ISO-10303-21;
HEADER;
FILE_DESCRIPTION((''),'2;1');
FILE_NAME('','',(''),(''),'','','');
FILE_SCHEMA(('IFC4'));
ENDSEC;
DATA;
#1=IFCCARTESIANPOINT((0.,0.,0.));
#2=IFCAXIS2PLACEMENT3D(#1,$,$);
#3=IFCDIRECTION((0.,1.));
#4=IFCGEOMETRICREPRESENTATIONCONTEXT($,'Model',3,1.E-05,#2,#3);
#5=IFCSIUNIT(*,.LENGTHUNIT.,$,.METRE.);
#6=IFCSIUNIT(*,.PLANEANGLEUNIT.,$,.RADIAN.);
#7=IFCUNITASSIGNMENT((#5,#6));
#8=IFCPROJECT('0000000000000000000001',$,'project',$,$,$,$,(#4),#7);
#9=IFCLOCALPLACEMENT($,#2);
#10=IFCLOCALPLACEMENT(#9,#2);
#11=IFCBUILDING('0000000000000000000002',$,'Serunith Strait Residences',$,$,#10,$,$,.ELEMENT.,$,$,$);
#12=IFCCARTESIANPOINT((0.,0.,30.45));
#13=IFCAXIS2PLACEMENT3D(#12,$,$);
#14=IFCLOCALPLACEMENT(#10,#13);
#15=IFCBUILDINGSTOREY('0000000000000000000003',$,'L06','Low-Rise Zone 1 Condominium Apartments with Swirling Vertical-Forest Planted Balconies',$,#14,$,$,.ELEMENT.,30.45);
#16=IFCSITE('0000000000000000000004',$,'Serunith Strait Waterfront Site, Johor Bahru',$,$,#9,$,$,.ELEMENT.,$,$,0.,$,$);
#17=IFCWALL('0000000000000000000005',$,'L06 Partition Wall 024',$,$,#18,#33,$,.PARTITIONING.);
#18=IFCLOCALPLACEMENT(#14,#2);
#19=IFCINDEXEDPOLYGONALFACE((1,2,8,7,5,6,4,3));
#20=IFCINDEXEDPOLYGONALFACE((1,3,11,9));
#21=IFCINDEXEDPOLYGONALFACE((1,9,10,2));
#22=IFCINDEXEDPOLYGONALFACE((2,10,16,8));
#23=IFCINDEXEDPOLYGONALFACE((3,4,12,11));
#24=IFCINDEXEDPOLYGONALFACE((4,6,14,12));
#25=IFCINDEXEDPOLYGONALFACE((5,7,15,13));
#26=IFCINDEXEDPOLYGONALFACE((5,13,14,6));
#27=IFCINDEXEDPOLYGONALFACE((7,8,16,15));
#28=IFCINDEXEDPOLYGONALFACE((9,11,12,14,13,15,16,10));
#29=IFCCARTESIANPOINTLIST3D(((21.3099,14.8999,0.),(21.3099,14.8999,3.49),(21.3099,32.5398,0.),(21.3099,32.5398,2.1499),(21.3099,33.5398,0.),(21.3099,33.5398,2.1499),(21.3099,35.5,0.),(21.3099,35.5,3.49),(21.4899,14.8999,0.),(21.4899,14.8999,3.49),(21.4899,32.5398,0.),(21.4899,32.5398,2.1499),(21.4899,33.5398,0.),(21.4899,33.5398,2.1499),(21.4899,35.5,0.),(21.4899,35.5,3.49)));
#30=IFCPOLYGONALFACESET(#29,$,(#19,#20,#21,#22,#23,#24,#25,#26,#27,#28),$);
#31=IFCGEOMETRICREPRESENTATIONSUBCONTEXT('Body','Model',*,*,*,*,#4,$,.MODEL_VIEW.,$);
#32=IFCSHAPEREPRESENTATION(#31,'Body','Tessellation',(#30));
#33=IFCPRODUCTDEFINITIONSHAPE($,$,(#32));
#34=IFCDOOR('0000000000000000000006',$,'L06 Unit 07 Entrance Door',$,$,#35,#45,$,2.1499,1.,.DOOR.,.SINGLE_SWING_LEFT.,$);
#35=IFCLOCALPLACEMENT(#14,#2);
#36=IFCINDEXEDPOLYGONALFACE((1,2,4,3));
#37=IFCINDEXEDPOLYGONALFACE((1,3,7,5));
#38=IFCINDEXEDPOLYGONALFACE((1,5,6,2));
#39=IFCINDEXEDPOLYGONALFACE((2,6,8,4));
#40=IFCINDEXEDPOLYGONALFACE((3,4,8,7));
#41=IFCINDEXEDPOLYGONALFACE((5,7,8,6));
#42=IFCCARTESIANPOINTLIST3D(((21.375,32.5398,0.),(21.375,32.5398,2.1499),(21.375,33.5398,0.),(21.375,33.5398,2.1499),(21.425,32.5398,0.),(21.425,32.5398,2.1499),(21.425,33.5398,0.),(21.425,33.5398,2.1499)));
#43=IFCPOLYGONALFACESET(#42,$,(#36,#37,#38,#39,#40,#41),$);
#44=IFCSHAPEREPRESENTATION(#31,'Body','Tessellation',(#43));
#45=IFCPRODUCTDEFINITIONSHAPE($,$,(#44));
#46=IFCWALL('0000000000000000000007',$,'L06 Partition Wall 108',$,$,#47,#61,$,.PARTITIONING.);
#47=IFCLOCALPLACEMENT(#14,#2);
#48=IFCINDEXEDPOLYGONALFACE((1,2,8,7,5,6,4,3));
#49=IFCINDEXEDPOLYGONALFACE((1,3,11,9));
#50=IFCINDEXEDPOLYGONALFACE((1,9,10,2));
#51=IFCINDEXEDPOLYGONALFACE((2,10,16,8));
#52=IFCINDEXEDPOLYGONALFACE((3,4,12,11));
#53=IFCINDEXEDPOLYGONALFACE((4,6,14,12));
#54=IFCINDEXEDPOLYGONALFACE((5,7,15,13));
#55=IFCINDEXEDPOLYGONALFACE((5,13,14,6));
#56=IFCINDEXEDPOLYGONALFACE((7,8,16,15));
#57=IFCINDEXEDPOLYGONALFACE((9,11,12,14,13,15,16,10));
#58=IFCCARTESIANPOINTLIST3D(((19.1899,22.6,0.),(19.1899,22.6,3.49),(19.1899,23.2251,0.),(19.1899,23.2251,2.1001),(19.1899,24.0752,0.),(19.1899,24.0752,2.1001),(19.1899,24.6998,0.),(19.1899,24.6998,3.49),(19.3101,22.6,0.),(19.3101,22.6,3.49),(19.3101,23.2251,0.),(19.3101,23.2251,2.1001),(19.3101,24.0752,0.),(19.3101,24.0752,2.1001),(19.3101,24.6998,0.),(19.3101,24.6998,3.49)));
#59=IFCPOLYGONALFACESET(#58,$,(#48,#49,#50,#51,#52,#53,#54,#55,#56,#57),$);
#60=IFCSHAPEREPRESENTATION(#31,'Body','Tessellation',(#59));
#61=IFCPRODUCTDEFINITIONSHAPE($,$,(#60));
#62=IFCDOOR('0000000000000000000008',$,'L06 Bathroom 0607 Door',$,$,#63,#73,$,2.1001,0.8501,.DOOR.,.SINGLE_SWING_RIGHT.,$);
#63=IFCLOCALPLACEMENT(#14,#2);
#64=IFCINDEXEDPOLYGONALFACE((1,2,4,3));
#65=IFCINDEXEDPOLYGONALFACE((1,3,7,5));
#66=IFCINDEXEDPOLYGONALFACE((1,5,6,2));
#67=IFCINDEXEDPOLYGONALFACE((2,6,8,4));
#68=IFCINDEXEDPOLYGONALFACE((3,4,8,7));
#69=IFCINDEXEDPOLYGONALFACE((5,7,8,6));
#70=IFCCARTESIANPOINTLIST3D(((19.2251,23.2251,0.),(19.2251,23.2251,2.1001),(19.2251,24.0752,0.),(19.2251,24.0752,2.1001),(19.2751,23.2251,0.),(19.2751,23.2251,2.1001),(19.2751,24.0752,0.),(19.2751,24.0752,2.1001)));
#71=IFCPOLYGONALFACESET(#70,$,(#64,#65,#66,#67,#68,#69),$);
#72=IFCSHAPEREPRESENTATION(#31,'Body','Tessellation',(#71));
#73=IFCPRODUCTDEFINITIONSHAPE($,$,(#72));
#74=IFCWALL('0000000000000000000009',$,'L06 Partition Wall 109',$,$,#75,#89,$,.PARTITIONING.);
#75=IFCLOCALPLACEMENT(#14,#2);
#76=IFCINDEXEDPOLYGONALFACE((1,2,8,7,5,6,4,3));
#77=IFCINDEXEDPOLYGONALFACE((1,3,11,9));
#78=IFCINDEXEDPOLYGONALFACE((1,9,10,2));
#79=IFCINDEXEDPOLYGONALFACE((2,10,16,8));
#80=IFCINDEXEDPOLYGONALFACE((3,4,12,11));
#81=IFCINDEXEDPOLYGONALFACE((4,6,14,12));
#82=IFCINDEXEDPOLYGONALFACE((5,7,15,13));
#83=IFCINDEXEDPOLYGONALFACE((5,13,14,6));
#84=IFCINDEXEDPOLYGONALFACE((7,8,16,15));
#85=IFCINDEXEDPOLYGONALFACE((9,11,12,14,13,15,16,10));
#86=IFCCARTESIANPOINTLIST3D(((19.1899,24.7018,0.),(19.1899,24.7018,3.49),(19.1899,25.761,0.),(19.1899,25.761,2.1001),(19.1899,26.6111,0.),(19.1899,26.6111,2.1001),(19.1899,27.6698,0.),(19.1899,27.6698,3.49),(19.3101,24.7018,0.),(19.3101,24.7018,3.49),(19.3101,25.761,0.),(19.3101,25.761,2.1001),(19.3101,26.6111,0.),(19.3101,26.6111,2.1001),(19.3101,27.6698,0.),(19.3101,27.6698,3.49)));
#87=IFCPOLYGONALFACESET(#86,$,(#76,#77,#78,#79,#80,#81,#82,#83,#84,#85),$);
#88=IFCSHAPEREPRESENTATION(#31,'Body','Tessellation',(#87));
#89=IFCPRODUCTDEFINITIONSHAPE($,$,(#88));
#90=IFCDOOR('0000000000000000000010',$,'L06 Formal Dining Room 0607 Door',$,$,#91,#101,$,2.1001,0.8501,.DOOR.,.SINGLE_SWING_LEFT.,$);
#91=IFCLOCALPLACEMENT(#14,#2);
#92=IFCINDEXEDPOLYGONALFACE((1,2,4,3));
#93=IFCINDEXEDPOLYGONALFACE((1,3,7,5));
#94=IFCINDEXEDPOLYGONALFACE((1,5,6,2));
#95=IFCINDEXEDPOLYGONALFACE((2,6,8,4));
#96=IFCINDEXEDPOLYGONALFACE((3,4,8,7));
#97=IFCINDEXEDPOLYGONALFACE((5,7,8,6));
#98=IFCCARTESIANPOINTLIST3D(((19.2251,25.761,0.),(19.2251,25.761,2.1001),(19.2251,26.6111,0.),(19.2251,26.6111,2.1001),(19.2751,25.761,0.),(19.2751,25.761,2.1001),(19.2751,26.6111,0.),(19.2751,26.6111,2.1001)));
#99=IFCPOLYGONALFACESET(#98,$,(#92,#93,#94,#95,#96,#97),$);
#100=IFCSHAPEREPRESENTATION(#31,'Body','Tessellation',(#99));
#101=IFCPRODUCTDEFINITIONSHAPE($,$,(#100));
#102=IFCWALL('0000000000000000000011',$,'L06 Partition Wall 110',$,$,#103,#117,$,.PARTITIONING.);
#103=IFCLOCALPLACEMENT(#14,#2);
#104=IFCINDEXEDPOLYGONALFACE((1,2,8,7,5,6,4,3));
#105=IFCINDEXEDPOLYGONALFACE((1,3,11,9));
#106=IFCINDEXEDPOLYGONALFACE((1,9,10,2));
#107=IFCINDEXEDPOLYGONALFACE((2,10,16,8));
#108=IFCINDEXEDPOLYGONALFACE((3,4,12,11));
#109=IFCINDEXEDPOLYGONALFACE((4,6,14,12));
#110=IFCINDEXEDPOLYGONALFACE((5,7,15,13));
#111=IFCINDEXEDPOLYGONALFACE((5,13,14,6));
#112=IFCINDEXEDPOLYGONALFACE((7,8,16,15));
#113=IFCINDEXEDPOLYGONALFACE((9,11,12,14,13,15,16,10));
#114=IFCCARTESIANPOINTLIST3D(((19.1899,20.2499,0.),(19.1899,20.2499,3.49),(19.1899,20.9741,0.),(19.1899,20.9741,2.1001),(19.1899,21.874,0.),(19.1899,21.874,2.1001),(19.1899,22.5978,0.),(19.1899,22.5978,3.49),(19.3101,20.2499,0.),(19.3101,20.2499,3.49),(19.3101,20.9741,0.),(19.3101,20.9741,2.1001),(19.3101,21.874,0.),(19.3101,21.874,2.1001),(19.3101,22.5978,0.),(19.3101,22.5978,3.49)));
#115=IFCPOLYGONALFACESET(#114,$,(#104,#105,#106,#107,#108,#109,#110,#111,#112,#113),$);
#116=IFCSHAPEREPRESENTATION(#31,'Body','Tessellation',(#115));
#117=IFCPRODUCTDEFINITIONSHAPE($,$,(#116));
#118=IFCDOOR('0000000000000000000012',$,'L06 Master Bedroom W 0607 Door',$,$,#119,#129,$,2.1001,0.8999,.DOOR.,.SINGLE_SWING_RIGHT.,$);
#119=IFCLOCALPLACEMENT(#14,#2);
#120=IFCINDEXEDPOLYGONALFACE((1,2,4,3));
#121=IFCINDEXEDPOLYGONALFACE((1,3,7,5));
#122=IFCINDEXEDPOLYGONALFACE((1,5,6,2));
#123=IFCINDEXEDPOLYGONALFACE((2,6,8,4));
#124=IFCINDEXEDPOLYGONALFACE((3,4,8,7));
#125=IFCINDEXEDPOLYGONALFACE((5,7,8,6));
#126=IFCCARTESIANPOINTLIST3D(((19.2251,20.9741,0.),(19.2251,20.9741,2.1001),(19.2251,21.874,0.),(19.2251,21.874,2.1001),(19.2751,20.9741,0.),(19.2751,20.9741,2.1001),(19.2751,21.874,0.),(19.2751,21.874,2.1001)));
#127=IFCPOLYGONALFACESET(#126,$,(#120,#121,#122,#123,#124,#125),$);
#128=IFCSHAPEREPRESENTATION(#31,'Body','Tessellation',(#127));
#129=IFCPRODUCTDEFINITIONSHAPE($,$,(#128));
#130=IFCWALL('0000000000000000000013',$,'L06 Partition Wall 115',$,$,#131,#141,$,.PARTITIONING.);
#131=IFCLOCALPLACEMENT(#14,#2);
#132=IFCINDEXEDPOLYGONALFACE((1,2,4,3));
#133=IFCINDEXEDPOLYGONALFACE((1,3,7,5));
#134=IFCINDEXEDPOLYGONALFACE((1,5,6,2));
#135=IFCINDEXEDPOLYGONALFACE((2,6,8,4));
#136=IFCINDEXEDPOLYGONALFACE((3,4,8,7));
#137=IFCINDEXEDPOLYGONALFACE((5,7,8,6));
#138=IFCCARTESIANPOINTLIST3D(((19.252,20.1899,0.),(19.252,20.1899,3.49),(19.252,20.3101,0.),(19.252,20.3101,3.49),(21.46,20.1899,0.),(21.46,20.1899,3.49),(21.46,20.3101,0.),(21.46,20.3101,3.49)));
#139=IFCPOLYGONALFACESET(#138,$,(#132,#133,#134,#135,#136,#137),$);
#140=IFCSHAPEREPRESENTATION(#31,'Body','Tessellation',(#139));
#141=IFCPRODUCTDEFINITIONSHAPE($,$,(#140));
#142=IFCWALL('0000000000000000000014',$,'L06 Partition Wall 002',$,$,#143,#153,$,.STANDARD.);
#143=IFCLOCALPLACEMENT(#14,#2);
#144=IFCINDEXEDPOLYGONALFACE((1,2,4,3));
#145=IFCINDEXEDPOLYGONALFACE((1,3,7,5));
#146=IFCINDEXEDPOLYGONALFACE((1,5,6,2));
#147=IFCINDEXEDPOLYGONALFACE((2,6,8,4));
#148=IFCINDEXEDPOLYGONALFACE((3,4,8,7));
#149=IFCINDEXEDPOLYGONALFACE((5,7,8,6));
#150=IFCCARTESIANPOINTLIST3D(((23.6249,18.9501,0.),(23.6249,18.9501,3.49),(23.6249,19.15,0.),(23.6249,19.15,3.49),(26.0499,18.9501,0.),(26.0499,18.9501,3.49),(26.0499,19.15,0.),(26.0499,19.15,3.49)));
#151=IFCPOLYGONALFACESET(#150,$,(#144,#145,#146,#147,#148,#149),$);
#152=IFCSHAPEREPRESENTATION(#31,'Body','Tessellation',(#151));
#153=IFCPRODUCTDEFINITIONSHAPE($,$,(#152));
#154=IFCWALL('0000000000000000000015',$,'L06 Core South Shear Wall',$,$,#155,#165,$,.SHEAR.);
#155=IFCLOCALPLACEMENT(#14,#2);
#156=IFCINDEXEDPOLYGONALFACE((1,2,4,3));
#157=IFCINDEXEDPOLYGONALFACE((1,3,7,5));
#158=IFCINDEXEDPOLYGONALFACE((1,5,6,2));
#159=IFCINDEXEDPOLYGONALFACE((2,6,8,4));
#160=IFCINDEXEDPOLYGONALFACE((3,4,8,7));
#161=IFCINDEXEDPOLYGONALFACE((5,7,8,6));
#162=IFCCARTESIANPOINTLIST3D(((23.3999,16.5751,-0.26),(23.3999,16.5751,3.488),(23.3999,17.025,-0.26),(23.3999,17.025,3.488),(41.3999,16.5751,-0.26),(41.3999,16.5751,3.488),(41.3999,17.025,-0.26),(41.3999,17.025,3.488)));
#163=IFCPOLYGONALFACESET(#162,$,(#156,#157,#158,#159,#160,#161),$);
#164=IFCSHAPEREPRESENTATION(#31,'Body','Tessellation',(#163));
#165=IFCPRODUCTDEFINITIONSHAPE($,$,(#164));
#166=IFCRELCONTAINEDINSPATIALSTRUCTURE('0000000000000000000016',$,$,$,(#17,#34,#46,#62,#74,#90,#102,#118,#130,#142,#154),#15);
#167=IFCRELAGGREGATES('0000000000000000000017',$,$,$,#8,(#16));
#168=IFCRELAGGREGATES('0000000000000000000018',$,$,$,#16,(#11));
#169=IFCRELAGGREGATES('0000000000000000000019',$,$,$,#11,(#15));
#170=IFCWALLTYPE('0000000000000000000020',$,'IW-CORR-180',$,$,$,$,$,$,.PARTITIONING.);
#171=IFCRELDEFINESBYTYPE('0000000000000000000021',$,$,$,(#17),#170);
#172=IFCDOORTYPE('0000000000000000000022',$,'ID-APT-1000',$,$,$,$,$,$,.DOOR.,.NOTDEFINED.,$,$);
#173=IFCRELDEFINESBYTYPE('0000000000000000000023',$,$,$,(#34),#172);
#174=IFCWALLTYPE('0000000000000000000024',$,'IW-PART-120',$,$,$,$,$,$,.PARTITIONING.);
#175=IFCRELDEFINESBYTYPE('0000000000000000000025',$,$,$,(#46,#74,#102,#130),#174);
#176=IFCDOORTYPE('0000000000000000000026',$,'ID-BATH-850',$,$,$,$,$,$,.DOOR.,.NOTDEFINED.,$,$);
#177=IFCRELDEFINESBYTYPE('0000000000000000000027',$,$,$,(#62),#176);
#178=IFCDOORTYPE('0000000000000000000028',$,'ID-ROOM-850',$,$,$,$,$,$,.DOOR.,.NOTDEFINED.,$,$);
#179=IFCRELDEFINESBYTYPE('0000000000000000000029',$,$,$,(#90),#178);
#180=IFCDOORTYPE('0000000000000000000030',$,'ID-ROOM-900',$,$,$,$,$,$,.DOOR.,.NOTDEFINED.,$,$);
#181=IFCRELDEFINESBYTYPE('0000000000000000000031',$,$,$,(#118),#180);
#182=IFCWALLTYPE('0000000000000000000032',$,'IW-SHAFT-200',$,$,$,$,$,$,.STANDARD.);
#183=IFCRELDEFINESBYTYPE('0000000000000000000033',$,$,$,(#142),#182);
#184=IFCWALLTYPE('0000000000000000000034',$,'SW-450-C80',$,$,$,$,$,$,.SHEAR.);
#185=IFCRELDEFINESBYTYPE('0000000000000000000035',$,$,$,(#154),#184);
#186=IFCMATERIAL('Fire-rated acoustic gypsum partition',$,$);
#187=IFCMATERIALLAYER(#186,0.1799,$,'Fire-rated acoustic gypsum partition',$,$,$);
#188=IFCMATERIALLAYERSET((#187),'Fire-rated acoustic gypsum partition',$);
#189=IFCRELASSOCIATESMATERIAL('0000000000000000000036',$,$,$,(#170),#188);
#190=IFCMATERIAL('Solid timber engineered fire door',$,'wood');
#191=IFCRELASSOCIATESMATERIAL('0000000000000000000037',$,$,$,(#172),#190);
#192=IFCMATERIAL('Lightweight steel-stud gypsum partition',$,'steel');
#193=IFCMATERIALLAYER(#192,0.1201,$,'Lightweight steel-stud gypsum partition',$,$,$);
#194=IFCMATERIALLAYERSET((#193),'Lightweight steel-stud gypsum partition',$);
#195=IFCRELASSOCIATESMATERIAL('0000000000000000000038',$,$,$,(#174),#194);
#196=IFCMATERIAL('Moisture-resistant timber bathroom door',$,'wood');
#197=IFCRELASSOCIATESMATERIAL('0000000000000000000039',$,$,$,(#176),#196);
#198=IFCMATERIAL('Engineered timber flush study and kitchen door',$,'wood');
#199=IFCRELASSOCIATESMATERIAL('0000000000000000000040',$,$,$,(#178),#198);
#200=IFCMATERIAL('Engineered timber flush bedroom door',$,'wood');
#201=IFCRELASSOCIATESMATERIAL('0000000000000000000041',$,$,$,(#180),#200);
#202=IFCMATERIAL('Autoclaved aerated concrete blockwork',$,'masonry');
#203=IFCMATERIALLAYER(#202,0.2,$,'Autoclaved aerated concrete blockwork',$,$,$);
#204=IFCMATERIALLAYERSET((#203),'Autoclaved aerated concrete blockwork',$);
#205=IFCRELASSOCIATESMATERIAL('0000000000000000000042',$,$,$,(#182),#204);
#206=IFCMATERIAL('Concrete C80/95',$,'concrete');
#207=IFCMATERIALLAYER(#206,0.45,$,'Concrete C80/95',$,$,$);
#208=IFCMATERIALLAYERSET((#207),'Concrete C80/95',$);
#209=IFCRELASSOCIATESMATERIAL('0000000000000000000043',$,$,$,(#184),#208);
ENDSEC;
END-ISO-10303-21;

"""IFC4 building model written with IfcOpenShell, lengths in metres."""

from ifc_helpers import new_model, si_unit, direction, frame, frame_2d, origin, place, context, subcontext, project, spatial, rectangle, extrude, source, transform, mapped, material, layer, layer_set, type_object, element, fill, save


model = new_model("IFC4")

# Units and contexts
model_context = context("Model", 3, precision=1e-05, world=origin(), true_north=direction((0.0, 1.0)))
body_context = subcontext(model_context, "Body", "Model", "MODEL_VIEW")
ifc_project = project(units=[si_unit("LENGTHUNIT", "METRE"), si_unit("PLANEANGLEUNIT", "RADIAN")], contexts=[model_context])

# Site, building, storey
site_placement = place(None, origin())
site = spatial("IfcSite", under=ifc_project, at=site_placement, Name="Serunith Strait Waterfront Site, Johor Bahru", CompositionType="ELEMENT", RefElevation=0.0)
building_placement = place(site_placement, origin())
building = spatial("IfcBuilding", under=site, at=building_placement, Name="Serunith Strait Residences", CompositionType="ELEMENT")
storey_placement = place(building_placement, frame((0.0, 0.0, 30.45)))
storey = spatial("IfcBuildingStorey", under=building, at=storey_placement, Name="L06", Description="Low-Rise Zone 1 Condominium Apartments with Swirling Vertical-Forest Planted Balconies", CompositionType="ELEMENT", Elevation=30.45)

# Shared definitions
ifc_material_1 = material(Name="Fire-rated acoustic gypsum partition")
ifc_layer_1 = layer(ifc_material_1, 0.1799, Name="Fire-rated acoustic gypsum partition")
ifc_layer_set_1 = layer_set([ifc_layer_1], Name="Fire-rated acoustic gypsum partition")
wall_type_1 = type_object("IfcWallType", Name="IW-CORR-180", PredefinedType="PARTITIONING", material=ifc_layer_set_1)
ifc_material_2 = material(Name="Solid timber engineered fire door", Category="wood")
door_type_1 = type_object("IfcDoorType", Name="ID-APT-1000", OperationType="NOTDEFINED", PredefinedType="DOOR", material=ifc_material_2)
shared_shape_1 = source(origin(), body_context, "Body", "SweptSolid", [
    extrude(rectangle(XDim=1.0, YDim=2.1499, at=frame_2d((0.5, 1.075))), frame((0.0, 0.0249, 0.0), z_axis=(0.0, -1.0, 0.0), x_axis=(1.0, 0.0, 0.0)), (0.0, 0.0, 1.0), 0.05),
])

# Walls, openings, doors
wall_1_placement = place(storey_placement, frame((21.3999, 14.8999, 0.0), z_axis=(0.0, 0.0, 1.0), x_axis=(0.0, 1.0, 0.0)))
wall_1 = element("IfcWall", 1, at=wall_1_placement, inside=storey, type_object=wall_type_1, Name="L06 Partition Wall 024", PredefinedType="PARTITIONING", context=body_context, shape_type="SweptSolid", body=[
    extrude(rectangle(XDim=20.6001, YDim=0.1799, at=frame_2d((10.3, 0.0))), origin(), (0.0, 0.0, 1.0), 3.49),
])
opening_1_placement = place(wall_1_placement, frame((17.6399, 0.0, 0.0)))
opening_1 = element("IfcOpeningElement", 2, at=opening_1_placement, cuts=wall_1, PredefinedType="OPENING", context=body_context, shape_type="SweptSolid", body=[
    extrude(rectangle(XDim=1.0, YDim=2.1499, at=frame_2d((0.5, 1.075))), frame((0.0, 0.1001, 0.0), z_axis=(0.0, -1.0, 0.0), x_axis=(1.0, 0.0, 0.0)), (0.0, 0.0, 1.0), 0.2),
])
door_1_placement = place(opening_1_placement, origin())
door_1 = element("IfcDoor", 3, at=door_1_placement, inside=storey, type_object=door_type_1, Name="L06 Unit 07 Entrance Door", OperationType="SINGLE_SWING_LEFT", OverallHeight=2.1499, OverallWidth=1.0, PredefinedType="DOOR", context=body_context, shape_type="MappedRepresentation", body=[
    mapped(shared_shape_1, transform((0.0, 0.0, 0.0), scale=1.0)),
])
fill(opening_1, door_1)
ifc_material_3 = material(Name="Lightweight steel-stud gypsum partition", Category="steel")
ifc_layer_2 = layer(ifc_material_3, 0.1201, Name="Lightweight steel-stud gypsum partition")
ifc_layer_set_2 = layer_set([ifc_layer_2], Name="Lightweight steel-stud gypsum partition")
wall_type_2 = type_object("IfcWallType", Name="IW-PART-120", PredefinedType="PARTITIONING", material=ifc_layer_set_2)
wall_2_placement = place(storey_placement, frame((19.25, 22.6001, 0.0), z_axis=(0.0, 0.0, 1.0), x_axis=(0.0, 1.0, 0.0)))
wall_2 = element("IfcWall", 4, at=wall_2_placement, inside=storey, type_object=wall_type_2, Name="L06 Partition Wall 108", PredefinedType="PARTITIONING", context=body_context, shape_type="SweptSolid", body=[
    extrude(rectangle(XDim=2.0999, YDim=0.1201, at=frame_2d((1.0498, 0.0))), origin(), (0.0, 0.0, 1.0), 3.49),
])
opening_2_placement = place(wall_2_placement, frame((0.625, 0.0, 0.0)))
opening_2 = element("IfcOpeningElement", 5, at=opening_2_placement, cuts=wall_2, PredefinedType="OPENING", context=body_context, shape_type="SweptSolid", body=[
    extrude(rectangle(XDim=0.8501, YDim=2.1001, at=frame_2d((0.425, 1.05))), frame((0.0, 0.0701, 0.0), z_axis=(0.0, -1.0, 0.0), x_axis=(1.0, 0.0, 0.0)), (0.0, 0.0, 1.0), 0.1401),
])
ifc_material_4 = material(Name="Moisture-resistant timber bathroom door", Category="wood")
door_type_2 = type_object("IfcDoorType", Name="ID-BATH-850", OperationType="NOTDEFINED", PredefinedType="DOOR", material=ifc_material_4)
shared_shape_2 = source(origin(), body_context, "Body", "SweptSolid", [
    extrude(rectangle(XDim=0.8501, YDim=2.1001, at=frame_2d((0.425, 1.05))), frame((0.0, 0.0249, 0.0), z_axis=(0.0, -1.0, 0.0), x_axis=(1.0, 0.0, 0.0)), (0.0, 0.0, 1.0), 0.05),
])
door_2_placement = place(opening_2_placement, origin())
door_2 = element("IfcDoor", 6, at=door_2_placement, inside=storey, type_object=door_type_2, Name="L06 Bathroom 0607 Door", OperationType="SINGLE_SWING_RIGHT", OverallHeight=2.1001, OverallWidth=0.8501, PredefinedType="DOOR", context=body_context, shape_type="MappedRepresentation", body=[
    mapped(shared_shape_2, transform((0.0, 0.0, 0.0), scale=1.0)),
])
fill(opening_2, door_2)
wall_3_placement = place(storey_placement, frame((19.25, 24.7019, 0.0), z_axis=(0.0, 0.0, 1.0), x_axis=(0.0, 1.0, 0.0)))
wall_3 = element("IfcWall", 7, at=wall_3_placement, inside=storey, type_object=wall_type_2, Name="L06 Partition Wall 109", PredefinedType="PARTITIONING", context=body_context, shape_type="SweptSolid", body=[
    extrude(rectangle(XDim=2.968, YDim=0.1201, at=frame_2d((1.4839, 0.0))), origin(), (0.0, 0.0, 1.0), 3.49),
])
opening_3_placement = place(wall_3_placement, frame((1.0591, 0.0, 0.0)))
opening_3 = element("IfcOpeningElement", 8, at=opening_3_placement, cuts=wall_3, PredefinedType="OPENING", context=body_context, shape_type="SweptSolid", body=[
    extrude(rectangle(XDim=0.8501, YDim=2.1001, at=frame_2d((0.425, 1.05))), frame((0.0, 0.0701, 0.0), z_axis=(0.0, -1.0, 0.0), x_axis=(1.0, 0.0, 0.0)), (0.0, 0.0, 1.0), 0.1401),
])
ifc_material_5 = material(Name="Engineered timber flush study and kitchen door", Category="wood")
door_type_3 = type_object("IfcDoorType", Name="ID-ROOM-850", OperationType="NOTDEFINED", PredefinedType="DOOR", material=ifc_material_5)
door_3_placement = place(opening_3_placement, origin())
door_3 = element("IfcDoor", 9, at=door_3_placement, inside=storey, type_object=door_type_3, Name="L06 Formal Dining Room 0607 Door", OperationType="SINGLE_SWING_LEFT", OverallHeight=2.1001, OverallWidth=0.8501, PredefinedType="DOOR", context=body_context, shape_type="MappedRepresentation", body=[
    mapped(shared_shape_2, transform((0.0, 0.0, 0.0), scale=1.0)),
])
fill(opening_3, door_3)
wall_4_placement = place(storey_placement, frame((19.25, 20.25, 0.0), z_axis=(0.0, 0.0, 1.0), x_axis=(0.0, 1.0, 0.0)))
wall_4 = element("IfcWall", 10, at=wall_4_placement, inside=storey, type_object=wall_type_2, Name="L06 Partition Wall 110", PredefinedType="PARTITIONING", context=body_context, shape_type="SweptSolid", body=[
    extrude(rectangle(XDim=2.3479, YDim=0.1201, at=frame_2d((1.1738, 0.0))), origin(), (0.0, 0.0, 1.0), 3.49),
])
opening_4_placement = place(wall_4_placement, frame((0.7241, 0.0, 0.0)))
opening_4 = element("IfcOpeningElement", 11, at=opening_4_placement, cuts=wall_4, PredefinedType="OPENING", context=body_context, shape_type="SweptSolid", body=[
    extrude(rectangle(XDim=0.8999, YDim=2.1001, at=frame_2d((0.45, 1.05))), frame((0.0, 0.0701, 0.0), z_axis=(0.0, -1.0, 0.0), x_axis=(1.0, 0.0, 0.0)), (0.0, 0.0, 1.0), 0.1401),
])
ifc_material_6 = material(Name="Engineered timber flush bedroom door", Category="wood")
door_type_4 = type_object("IfcDoorType", Name="ID-ROOM-900", OperationType="NOTDEFINED", PredefinedType="DOOR", material=ifc_material_6)
shared_shape_3 = source(origin(), body_context, "Body", "SweptSolid", [
    extrude(rectangle(XDim=0.8999, YDim=2.1001, at=frame_2d((0.45, 1.05))), frame((0.0, 0.0249, 0.0), z_axis=(0.0, -1.0, 0.0), x_axis=(1.0, 0.0, 0.0)), (0.0, 0.0, 1.0), 0.05),
])
door_4_placement = place(opening_4_placement, origin())
door_4 = element("IfcDoor", 12, at=door_4_placement, inside=storey, type_object=door_type_4, Name="L06 Master Bedroom W 0607 Door", OperationType="SINGLE_SWING_RIGHT", OverallHeight=2.1001, OverallWidth=0.8999, PredefinedType="DOOR", context=body_context, shape_type="MappedRepresentation", body=[
    mapped(shared_shape_3, transform((0.0, 0.0, 0.0), scale=1.0)),
])
fill(opening_4, door_4)

# Walls
wall_5_placement = place(storey_placement, frame((19.252, 20.25, 0.0), z_axis=(0.0, 0.0, 1.0), x_axis=(1.0, 0.0, 0.0)))
element("IfcWall", 13, at=wall_5_placement, inside=storey, type_object=wall_type_2, Name="L06 Partition Wall 115", PredefinedType="PARTITIONING", context=body_context, shape_type="SweptSolid", body=[
    extrude(rectangle(XDim=2.208, YDim=0.1201, at=frame_2d((1.104, 0.0))), origin(), (0.0, 0.0, 1.0), 3.49),
])
ifc_material_7 = material(Name="Autoclaved aerated concrete blockwork", Category="masonry")
ifc_layer_3 = layer(ifc_material_7, 0.2, Name="Autoclaved aerated concrete blockwork")
ifc_layer_set_3 = layer_set([ifc_layer_3], Name="Autoclaved aerated concrete blockwork")
wall_type_3 = type_object("IfcWallType", Name="IW-SHAFT-200", PredefinedType="STANDARD", material=ifc_layer_set_3)
wall_6_placement = place(storey_placement, frame((23.625, 19.05, 0.0), z_axis=(0.0, 0.0, 1.0), x_axis=(1.0, 0.0, 0.0)))
element("IfcWall", 14, at=wall_6_placement, inside=storey, type_object=wall_type_3, Name="L06 Partition Wall 002", PredefinedType="STANDARD", context=body_context, shape_type="SweptSolid", body=[
    extrude(rectangle(XDim=2.425, YDim=0.2, at=frame_2d((1.2124, 0.0))), origin(), (0.0, 0.0, 1.0), 3.49),
])

# Wall
ifc_material_8 = material(Name="Concrete C80/95", Category="concrete")
ifc_layer_4 = layer(ifc_material_8, 0.45, Name="Concrete C80/95")
ifc_layer_set_4 = layer_set([ifc_layer_4], Name="Concrete C80/95")
wall_type_4 = type_object("IfcWallType", Name="SW-450-C80", PredefinedType="SHEAR", material=ifc_layer_set_4)
wall_7_placement = place(storey_placement, frame((23.3999, 16.8, -0.26), z_axis=(0.0, 0.0, 1.0), x_axis=(1.0, 0.0, 0.0)))
element("IfcWall", 15, at=wall_7_placement, inside=storey, type_object=wall_type_4, Name="L06 Core South Shear Wall", PredefinedType="SHEAR", context=body_context, shape_type="SweptSolid", body=[
    extrude(rectangle(XDim=18.0, YDim=0.45, at=frame_2d((9.0, 0.0))), origin(), (0.0, 0.0, 1.0), 3.748),
])

save(model, "model.ifc")
